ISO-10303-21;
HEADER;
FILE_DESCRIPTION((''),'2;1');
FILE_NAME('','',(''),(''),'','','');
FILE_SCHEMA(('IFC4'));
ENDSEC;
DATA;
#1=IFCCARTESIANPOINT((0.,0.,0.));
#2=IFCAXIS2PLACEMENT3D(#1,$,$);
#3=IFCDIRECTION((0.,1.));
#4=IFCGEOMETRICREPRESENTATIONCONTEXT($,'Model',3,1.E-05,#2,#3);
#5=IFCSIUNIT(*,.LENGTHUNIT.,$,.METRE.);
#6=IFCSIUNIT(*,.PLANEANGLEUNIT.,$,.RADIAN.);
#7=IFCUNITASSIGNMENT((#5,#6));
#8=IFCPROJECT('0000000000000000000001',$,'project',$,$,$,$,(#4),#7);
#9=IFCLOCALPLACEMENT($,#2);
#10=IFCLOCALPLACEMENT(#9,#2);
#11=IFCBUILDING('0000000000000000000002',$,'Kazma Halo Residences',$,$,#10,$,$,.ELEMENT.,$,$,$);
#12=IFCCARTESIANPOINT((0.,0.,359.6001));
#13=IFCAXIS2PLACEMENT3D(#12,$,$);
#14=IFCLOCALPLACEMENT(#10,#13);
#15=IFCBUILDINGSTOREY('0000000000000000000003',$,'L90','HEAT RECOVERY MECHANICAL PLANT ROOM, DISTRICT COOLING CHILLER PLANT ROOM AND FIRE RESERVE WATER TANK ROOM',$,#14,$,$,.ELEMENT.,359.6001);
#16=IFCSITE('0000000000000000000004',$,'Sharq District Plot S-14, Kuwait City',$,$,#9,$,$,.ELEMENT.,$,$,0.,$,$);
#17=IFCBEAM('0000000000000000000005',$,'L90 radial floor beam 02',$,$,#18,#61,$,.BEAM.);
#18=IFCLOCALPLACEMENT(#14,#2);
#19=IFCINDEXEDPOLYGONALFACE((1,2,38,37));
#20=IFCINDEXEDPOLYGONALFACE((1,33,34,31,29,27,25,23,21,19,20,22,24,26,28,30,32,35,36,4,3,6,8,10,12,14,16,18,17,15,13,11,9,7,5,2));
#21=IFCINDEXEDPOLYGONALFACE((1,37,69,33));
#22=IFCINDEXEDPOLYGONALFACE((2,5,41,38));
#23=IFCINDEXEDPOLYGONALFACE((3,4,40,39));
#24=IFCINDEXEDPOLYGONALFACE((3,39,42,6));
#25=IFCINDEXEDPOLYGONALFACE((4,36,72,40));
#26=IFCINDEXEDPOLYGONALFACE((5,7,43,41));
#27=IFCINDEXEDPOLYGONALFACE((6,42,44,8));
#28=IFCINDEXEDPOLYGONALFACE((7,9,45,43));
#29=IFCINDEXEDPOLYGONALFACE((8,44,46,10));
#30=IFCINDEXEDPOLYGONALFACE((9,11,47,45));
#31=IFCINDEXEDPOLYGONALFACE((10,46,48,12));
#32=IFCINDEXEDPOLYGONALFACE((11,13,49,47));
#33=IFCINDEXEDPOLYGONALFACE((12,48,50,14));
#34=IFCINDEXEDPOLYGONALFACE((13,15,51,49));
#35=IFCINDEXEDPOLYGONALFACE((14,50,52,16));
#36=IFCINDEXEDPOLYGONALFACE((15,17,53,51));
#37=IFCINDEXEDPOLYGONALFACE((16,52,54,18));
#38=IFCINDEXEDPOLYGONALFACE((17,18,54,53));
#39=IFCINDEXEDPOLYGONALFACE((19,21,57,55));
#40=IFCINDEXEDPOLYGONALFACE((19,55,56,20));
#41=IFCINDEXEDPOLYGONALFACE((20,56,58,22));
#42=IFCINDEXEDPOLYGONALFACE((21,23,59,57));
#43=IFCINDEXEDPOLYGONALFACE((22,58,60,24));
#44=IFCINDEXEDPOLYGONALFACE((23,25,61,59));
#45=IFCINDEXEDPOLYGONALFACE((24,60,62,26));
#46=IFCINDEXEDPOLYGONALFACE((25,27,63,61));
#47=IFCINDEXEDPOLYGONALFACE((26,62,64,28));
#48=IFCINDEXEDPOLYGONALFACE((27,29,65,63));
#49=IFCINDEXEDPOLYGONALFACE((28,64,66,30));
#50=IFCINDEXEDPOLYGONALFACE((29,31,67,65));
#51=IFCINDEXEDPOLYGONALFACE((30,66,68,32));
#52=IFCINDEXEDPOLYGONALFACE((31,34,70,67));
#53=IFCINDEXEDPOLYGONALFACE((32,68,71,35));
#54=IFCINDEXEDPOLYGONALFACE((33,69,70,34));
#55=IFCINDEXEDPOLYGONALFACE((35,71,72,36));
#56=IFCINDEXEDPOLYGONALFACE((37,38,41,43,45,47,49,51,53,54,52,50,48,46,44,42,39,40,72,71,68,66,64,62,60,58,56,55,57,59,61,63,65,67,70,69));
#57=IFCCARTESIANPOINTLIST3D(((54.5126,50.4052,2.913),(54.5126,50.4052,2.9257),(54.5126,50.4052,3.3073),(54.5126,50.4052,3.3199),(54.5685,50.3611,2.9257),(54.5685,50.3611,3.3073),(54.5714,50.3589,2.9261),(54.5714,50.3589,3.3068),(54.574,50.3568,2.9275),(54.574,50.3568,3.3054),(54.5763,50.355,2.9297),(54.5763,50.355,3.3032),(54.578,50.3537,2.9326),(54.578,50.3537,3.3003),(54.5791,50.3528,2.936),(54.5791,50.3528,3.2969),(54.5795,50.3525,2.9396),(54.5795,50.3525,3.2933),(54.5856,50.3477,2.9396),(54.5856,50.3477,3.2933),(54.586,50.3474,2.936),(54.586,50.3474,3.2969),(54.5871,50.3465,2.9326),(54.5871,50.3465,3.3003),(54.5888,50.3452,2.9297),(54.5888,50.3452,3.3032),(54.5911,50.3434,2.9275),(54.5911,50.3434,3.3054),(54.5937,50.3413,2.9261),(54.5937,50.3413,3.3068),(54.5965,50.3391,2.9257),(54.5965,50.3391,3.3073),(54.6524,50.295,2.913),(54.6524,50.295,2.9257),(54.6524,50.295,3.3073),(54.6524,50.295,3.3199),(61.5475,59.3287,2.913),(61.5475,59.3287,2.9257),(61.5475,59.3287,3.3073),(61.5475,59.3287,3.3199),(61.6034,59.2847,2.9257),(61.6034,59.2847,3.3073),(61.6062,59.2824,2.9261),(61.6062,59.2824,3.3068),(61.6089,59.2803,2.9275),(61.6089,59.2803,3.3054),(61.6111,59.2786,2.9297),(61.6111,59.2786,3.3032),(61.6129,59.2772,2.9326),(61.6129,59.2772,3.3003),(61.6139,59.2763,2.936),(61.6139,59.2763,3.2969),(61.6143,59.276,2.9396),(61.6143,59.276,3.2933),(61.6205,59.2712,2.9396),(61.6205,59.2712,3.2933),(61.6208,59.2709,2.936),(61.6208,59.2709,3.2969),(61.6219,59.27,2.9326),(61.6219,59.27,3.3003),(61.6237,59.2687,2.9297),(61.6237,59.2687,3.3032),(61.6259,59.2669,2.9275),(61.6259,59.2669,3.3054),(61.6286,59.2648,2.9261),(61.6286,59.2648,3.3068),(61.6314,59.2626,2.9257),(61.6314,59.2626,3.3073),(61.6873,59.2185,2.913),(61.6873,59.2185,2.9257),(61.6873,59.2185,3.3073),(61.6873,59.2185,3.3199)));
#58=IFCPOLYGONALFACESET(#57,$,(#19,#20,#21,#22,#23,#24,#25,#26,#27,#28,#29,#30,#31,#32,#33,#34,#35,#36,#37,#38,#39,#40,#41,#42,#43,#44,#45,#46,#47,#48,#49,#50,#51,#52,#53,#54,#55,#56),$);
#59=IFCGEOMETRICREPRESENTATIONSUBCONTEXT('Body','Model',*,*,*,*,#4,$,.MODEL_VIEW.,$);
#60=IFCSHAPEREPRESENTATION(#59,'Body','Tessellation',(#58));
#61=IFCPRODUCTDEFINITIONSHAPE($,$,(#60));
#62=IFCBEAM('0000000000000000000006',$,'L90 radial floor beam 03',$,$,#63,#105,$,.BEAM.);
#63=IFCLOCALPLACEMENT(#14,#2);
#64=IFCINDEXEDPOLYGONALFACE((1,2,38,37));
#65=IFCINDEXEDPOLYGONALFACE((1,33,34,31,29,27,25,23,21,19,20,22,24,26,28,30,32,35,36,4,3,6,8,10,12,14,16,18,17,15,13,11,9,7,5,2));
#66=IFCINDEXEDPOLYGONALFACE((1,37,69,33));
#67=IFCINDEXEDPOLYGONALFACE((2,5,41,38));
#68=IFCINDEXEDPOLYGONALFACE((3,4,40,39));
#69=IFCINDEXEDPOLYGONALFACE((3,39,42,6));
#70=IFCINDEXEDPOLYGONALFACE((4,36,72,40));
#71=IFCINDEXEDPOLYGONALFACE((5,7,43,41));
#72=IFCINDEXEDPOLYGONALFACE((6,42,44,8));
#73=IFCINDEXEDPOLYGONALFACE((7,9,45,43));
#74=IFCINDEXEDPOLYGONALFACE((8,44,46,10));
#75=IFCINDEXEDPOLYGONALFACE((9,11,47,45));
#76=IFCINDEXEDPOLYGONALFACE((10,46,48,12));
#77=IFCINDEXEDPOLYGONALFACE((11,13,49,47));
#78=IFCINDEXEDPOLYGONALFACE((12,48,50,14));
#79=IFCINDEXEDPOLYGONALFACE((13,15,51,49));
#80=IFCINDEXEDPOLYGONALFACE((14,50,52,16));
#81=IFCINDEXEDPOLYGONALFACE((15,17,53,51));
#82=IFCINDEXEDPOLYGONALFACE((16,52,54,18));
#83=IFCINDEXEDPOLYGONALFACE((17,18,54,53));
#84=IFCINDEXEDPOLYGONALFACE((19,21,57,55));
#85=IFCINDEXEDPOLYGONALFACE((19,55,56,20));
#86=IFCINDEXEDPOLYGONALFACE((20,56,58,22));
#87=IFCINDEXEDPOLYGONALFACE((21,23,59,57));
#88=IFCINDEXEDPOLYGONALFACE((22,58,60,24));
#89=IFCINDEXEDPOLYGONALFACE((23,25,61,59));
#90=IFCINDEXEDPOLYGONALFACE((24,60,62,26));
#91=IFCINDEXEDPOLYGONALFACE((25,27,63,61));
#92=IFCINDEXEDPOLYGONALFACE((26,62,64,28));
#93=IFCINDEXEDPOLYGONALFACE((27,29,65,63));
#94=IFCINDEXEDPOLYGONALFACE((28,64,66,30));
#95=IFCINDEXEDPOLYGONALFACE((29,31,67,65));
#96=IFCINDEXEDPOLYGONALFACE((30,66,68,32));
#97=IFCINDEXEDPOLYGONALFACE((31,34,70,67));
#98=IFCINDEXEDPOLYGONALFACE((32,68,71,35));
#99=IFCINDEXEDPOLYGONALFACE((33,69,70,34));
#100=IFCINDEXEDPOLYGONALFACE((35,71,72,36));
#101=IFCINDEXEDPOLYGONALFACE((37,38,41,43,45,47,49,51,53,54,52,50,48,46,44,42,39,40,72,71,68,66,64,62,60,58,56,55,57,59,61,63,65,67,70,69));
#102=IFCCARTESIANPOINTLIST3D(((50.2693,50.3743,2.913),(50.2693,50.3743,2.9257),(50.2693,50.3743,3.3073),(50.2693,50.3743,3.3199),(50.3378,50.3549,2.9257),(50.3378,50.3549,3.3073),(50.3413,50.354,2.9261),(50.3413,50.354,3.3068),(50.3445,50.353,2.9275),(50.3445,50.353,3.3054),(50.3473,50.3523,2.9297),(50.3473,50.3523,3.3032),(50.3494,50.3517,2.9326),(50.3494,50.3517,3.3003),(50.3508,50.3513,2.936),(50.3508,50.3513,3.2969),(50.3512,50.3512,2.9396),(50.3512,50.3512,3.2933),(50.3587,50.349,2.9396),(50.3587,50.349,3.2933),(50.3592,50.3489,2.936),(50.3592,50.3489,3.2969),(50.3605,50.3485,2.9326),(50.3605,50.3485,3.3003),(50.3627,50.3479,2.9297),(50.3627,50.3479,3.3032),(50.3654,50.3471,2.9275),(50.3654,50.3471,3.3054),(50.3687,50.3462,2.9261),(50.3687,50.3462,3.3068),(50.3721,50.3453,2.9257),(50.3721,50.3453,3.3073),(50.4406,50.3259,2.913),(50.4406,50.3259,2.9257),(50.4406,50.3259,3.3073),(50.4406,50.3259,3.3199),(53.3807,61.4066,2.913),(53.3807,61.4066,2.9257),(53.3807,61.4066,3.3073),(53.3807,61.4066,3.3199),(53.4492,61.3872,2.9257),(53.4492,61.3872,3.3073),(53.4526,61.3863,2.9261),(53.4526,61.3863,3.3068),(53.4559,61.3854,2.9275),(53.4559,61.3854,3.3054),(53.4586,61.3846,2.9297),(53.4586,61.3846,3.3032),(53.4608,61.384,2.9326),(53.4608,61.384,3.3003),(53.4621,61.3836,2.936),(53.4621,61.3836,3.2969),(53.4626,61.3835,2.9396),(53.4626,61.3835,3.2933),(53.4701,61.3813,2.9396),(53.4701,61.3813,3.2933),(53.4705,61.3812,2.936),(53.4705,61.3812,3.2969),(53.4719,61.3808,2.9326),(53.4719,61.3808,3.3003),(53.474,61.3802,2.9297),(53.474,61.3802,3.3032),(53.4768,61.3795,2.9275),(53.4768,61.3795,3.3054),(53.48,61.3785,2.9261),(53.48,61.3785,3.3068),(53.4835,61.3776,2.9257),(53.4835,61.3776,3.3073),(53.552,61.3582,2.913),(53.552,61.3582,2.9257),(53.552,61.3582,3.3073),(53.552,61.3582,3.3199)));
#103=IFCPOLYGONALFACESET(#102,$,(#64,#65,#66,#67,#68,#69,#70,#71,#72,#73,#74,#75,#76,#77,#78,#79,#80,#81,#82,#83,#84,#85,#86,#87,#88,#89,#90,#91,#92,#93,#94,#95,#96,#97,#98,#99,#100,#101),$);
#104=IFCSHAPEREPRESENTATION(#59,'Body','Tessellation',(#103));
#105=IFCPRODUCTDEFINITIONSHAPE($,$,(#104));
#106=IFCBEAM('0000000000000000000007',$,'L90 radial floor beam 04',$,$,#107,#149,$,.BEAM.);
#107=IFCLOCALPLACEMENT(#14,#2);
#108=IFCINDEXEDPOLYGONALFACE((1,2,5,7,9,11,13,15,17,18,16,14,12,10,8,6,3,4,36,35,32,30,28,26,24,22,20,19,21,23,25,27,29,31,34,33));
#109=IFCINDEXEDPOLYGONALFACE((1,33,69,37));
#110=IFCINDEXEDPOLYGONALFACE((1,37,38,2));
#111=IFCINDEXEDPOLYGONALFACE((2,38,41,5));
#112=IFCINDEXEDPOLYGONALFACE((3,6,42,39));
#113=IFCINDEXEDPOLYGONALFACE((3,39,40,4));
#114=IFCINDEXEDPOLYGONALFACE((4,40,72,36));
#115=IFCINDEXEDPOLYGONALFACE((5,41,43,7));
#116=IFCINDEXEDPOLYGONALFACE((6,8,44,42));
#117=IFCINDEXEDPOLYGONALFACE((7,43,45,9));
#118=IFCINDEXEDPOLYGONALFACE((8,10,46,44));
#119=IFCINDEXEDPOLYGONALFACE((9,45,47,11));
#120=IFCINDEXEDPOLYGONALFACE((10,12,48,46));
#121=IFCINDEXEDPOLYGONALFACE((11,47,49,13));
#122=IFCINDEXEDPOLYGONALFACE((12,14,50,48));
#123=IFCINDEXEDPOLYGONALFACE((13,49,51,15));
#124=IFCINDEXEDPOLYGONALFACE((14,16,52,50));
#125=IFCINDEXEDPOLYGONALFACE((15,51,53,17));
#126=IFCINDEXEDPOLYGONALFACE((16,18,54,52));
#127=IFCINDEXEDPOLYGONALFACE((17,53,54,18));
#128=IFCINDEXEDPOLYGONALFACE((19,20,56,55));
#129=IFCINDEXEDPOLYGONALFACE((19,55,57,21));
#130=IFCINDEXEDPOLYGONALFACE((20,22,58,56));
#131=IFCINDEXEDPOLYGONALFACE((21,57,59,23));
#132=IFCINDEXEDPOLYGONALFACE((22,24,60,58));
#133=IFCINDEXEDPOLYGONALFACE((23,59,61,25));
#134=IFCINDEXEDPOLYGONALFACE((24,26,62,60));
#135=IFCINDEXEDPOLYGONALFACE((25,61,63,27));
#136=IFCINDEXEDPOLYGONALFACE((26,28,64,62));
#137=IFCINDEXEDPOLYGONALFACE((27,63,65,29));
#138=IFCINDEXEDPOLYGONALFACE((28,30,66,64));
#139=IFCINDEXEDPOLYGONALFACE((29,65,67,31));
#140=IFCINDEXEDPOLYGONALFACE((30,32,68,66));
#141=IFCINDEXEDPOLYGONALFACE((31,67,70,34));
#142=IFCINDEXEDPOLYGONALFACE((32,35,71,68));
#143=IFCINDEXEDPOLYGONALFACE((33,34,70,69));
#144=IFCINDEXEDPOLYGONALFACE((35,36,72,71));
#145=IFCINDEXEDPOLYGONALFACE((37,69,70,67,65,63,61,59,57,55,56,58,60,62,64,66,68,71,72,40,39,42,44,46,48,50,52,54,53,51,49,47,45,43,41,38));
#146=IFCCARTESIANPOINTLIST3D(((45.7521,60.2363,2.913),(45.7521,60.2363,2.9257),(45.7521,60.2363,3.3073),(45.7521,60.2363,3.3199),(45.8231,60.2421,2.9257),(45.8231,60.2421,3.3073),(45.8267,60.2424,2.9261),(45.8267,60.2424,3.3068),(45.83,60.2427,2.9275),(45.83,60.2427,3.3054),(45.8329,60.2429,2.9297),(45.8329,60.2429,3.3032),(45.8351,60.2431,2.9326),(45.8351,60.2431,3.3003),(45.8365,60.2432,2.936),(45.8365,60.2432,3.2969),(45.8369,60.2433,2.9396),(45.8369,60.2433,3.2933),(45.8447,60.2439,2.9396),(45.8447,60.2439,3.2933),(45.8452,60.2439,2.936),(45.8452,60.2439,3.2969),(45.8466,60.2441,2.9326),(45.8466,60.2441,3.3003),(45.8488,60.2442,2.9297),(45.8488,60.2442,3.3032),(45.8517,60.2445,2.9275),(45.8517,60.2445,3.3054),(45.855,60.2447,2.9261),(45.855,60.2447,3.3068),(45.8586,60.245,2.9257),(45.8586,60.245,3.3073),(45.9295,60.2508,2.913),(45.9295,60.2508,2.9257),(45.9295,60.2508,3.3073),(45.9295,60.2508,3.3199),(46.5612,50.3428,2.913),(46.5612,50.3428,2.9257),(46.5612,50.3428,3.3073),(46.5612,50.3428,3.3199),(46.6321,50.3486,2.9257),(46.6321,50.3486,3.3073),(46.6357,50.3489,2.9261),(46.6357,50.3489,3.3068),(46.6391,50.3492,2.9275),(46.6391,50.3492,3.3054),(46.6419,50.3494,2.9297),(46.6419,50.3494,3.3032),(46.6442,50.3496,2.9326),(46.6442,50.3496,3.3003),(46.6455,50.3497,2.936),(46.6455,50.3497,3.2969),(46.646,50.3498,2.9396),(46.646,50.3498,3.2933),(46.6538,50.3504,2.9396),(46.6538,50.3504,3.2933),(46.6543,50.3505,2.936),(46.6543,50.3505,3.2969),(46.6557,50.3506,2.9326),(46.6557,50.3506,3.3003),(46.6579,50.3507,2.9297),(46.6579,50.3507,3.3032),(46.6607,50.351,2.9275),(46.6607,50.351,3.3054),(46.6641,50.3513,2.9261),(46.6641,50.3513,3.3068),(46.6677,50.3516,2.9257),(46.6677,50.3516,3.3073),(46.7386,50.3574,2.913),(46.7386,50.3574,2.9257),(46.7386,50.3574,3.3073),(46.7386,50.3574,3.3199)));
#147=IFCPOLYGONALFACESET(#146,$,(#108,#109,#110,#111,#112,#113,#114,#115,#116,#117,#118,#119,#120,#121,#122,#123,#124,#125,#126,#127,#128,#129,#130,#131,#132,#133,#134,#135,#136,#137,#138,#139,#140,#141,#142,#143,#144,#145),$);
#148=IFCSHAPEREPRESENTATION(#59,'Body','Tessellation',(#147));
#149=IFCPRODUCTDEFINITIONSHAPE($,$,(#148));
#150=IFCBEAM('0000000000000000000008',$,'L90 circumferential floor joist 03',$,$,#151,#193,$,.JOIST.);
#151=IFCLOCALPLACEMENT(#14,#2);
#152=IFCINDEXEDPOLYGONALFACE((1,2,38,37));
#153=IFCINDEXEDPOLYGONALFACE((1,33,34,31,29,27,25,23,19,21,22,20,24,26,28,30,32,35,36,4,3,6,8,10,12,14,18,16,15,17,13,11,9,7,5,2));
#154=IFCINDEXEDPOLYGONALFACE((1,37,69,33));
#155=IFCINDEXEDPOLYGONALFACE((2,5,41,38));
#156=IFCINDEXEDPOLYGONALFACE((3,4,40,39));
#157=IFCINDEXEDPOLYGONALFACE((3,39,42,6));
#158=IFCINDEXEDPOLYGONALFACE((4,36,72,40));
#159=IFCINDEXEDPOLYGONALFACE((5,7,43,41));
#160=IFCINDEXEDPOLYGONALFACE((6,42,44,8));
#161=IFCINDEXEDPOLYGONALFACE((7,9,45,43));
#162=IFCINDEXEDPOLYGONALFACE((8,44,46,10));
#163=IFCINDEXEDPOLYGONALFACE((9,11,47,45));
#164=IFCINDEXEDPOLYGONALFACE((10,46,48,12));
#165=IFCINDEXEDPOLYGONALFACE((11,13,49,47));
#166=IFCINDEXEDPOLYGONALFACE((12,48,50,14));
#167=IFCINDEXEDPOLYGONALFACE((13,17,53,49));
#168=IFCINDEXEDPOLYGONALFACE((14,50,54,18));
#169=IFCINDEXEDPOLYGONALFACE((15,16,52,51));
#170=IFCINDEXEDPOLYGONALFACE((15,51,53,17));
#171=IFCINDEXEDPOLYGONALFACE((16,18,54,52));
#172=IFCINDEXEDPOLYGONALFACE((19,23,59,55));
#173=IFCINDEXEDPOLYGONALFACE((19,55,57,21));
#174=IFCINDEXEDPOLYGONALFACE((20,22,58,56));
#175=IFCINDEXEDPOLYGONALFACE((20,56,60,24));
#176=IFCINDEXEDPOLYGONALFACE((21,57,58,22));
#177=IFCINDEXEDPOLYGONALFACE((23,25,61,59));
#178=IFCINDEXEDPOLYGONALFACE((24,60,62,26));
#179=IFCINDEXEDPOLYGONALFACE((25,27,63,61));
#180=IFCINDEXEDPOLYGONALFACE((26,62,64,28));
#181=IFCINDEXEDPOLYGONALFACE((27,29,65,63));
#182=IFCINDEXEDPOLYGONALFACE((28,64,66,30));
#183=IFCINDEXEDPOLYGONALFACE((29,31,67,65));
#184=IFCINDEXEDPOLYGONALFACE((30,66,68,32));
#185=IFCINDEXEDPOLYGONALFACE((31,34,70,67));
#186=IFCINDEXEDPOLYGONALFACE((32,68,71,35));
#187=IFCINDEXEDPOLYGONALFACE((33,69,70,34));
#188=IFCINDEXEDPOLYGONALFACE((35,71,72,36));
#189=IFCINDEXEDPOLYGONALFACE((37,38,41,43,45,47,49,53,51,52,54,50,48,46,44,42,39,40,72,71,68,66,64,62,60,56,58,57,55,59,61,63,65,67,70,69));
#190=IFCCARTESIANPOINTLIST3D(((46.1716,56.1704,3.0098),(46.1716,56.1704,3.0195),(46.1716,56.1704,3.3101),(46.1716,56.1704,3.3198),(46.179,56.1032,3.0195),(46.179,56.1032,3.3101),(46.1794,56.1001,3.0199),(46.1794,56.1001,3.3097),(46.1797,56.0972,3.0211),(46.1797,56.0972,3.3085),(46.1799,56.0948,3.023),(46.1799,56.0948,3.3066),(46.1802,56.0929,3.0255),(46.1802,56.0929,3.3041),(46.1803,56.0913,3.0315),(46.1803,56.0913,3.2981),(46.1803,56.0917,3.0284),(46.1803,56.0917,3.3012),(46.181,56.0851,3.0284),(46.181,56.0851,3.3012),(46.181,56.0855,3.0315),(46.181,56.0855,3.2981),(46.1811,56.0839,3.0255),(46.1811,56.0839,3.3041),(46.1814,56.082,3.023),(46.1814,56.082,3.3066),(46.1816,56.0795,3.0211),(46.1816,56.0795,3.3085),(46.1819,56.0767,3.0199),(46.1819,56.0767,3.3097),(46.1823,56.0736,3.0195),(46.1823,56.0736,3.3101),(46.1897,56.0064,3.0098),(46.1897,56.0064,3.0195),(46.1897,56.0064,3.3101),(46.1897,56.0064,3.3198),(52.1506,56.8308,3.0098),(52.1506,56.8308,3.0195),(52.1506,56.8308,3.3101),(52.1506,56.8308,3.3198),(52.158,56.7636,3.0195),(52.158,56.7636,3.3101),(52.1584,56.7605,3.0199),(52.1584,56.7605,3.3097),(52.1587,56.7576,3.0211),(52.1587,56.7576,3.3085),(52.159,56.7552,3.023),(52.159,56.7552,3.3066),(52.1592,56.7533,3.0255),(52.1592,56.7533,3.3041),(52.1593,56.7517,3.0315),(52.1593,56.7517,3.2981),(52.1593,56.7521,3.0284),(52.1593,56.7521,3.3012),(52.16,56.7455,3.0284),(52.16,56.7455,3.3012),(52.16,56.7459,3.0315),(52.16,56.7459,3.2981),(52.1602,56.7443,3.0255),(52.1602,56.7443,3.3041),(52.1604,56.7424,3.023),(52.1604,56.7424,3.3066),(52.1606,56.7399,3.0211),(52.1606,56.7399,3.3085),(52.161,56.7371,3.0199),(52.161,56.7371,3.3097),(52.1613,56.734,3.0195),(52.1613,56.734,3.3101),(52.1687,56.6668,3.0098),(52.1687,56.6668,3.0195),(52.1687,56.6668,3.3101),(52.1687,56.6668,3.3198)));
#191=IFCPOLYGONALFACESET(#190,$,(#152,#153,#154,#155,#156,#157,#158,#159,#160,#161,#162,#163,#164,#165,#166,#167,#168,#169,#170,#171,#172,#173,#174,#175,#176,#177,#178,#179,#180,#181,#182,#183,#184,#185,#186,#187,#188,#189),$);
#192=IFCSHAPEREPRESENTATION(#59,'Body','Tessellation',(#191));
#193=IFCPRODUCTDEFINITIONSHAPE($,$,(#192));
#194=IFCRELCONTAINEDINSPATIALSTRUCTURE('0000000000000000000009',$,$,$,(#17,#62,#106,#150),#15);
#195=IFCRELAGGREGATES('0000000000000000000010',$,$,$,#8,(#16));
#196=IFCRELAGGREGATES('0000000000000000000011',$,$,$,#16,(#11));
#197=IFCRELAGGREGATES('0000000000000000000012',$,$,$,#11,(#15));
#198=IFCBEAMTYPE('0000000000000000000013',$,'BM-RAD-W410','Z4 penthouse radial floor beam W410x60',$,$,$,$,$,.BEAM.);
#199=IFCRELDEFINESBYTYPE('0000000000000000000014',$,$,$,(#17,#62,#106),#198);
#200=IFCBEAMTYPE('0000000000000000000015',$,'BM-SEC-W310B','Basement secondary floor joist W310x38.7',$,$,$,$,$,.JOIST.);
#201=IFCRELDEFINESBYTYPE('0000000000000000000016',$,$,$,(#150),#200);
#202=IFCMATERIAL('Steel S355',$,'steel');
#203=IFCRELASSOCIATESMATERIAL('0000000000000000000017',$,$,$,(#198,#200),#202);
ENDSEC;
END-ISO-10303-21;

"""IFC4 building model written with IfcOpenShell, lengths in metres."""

from ifc_helpers import new_model, si_unit, direction, frame, origin, origin_2d, place, context, subcontext, project, spatial, i_section, extrude, material, material_profile, profile_set, type_object, element, save


model = new_model("IFC4")

# Units and contexts
model_context = context("Model", 3, precision=1e-05, world=origin(), true_north=direction((0.0, 1.0)))
body_context = subcontext(model_context, "Body", "Model", "MODEL_VIEW")
ifc_project = project(units=[si_unit("LENGTHUNIT", "METRE"), si_unit("PLANEANGLEUNIT", "RADIAN")], contexts=[model_context])

# Site, building, storey
site_placement = place(None, origin())
site = spatial("IfcSite", under=ifc_project, at=site_placement, Name="Sharq District Plot S-14, Kuwait City", CompositionType="ELEMENT", RefElevation=0.0)
building_placement = place(site_placement, origin())
building = spatial("IfcBuilding", under=site, at=building_placement, Name="Kazma Halo Residences", CompositionType="ELEMENT")
storey_placement = place(building_placement, frame((0.0, 0.0, 359.6001)))
storey = spatial("IfcBuildingStorey", under=building, at=storey_placement, Name="L90", Description="HEAT RECOVERY MECHANICAL PLANT ROOM, DISTRICT COOLING CHILLER PLANT ROOM AND FIRE RESERVE WATER TANK ROOM", CompositionType="ELEMENT", Elevation=359.6001)

# Shared definitions
ifc_material_1 = material(Name="Steel S355", Category="steel")

# Beams
ifc_material_profile_1 = material_profile(ifc_material_1, i_section(OverallWidth=0.178, OverallDepth=0.407, WebThickness=0.0078, FlangeThickness=0.0127, FilletRadius=0.0139, at=origin_2d()), Name="W410x60")
ifc_profile_set_1 = profile_set([ifc_material_profile_1], Name="Steel S355")
beam_type_1 = type_object("IfcBeamType", Name="BM-RAD-W410", Description="Z4 penthouse radial floor beam W410x60", PredefinedType="BEAM", material=ifc_profile_set_1)
beam_1_placement = place(storey_placement, frame((54.5825, 50.3501, 3.1165), z_axis=(0.619101, 0.785312, 0.0), x_axis=(-0.785312, 0.619101, 0.0)))
element("IfcBeam", 1, at=beam_1_placement, inside=storey, type_object=beam_type_1, Name="L90 radial floor beam 02", PredefinedType="BEAM", context=body_context, shape_type="SweptSolid", body=[
    extrude(i_section(OverallWidth=0.178, OverallDepth=0.407, WebThickness=0.0078, FlangeThickness=0.0127, FilletRadius=0.0139, at=origin_2d()), origin(), (0.0, 0.0, 1.0), 11.363),
])
beam_2_placement = place(storey_placement, frame((50.355, 50.3501, 3.1165), z_axis=(0.271434, 0.962457, 0.0), x_axis=(-0.962457, 0.271434, 0.0)))
element("IfcBeam", 2, at=beam_2_placement, inside=storey, type_object=beam_type_1, Name="L90 radial floor beam 03", PredefinedType="BEAM", context=body_context, shape_type="SweptSolid", body=[
    extrude(i_section(OverallWidth=0.178, OverallDepth=0.407, WebThickness=0.0078, FlangeThickness=0.0127, FilletRadius=0.0139, at=origin_2d()), origin(), (0.0, 0.0, 1.0), 11.4626),
])
beam_3_placement = place(storey_placement, frame((46.6499, 50.3501, 3.1165), z_axis=(-0.081507, 0.996673, 0.0), x_axis=(-0.996673, -0.081507, 0.0)))
element("IfcBeam", 3, at=beam_3_placement, inside=storey, type_object=beam_type_1, Name="L90 radial floor beam 04", PredefinedType="BEAM", context=body_context, shape_type="SweptSolid", body=[
    extrude(i_section(OverallWidth=0.178, OverallDepth=0.407, WebThickness=0.0078, FlangeThickness=0.0127, FilletRadius=0.0139, at=origin_2d()), origin(), (0.0, 0.0, 1.0), 9.9265),
])
ifc_material_profile_2 = material_profile(ifc_material_1, i_section(OverallWidth=0.165, OverallDepth=0.3101, WebThickness=0.0059, FlangeThickness=0.0098, FilletRadius=0.012, at=origin_2d()), Name="W310x38.7")
ifc_profile_set_2 = profile_set([ifc_material_profile_2], Name="Steel S355")
beam_type_2 = type_object("IfcBeamType", Name="BM-SEC-W310B", Description="Basement secondary floor joist W310x38.7", PredefinedType="JOIST", material=ifc_profile_set_2)
beam_4_placement = place(storey_placement, frame((52.1597, 56.7488, 3.1648), z_axis=(-0.993955, -0.109786, 0.0), x_axis=(0.109786, -0.993955, 0.0)))
element("IfcBeam", 4, at=beam_4_placement, inside=storey, type_object=beam_type_2, Name="L90 circumferential floor joist 03", PredefinedType="JOIST", context=body_context, shape_type="SweptSolid", body=[
    extrude(i_section(OverallWidth=0.165, OverallDepth=0.3101, WebThickness=0.0059, FlangeThickness=0.0098, FilletRadius=0.012, at=origin_2d()), origin(), (0.0, 0.0, 1.0), 6.0154),
])

save(model, "model.ifc")
